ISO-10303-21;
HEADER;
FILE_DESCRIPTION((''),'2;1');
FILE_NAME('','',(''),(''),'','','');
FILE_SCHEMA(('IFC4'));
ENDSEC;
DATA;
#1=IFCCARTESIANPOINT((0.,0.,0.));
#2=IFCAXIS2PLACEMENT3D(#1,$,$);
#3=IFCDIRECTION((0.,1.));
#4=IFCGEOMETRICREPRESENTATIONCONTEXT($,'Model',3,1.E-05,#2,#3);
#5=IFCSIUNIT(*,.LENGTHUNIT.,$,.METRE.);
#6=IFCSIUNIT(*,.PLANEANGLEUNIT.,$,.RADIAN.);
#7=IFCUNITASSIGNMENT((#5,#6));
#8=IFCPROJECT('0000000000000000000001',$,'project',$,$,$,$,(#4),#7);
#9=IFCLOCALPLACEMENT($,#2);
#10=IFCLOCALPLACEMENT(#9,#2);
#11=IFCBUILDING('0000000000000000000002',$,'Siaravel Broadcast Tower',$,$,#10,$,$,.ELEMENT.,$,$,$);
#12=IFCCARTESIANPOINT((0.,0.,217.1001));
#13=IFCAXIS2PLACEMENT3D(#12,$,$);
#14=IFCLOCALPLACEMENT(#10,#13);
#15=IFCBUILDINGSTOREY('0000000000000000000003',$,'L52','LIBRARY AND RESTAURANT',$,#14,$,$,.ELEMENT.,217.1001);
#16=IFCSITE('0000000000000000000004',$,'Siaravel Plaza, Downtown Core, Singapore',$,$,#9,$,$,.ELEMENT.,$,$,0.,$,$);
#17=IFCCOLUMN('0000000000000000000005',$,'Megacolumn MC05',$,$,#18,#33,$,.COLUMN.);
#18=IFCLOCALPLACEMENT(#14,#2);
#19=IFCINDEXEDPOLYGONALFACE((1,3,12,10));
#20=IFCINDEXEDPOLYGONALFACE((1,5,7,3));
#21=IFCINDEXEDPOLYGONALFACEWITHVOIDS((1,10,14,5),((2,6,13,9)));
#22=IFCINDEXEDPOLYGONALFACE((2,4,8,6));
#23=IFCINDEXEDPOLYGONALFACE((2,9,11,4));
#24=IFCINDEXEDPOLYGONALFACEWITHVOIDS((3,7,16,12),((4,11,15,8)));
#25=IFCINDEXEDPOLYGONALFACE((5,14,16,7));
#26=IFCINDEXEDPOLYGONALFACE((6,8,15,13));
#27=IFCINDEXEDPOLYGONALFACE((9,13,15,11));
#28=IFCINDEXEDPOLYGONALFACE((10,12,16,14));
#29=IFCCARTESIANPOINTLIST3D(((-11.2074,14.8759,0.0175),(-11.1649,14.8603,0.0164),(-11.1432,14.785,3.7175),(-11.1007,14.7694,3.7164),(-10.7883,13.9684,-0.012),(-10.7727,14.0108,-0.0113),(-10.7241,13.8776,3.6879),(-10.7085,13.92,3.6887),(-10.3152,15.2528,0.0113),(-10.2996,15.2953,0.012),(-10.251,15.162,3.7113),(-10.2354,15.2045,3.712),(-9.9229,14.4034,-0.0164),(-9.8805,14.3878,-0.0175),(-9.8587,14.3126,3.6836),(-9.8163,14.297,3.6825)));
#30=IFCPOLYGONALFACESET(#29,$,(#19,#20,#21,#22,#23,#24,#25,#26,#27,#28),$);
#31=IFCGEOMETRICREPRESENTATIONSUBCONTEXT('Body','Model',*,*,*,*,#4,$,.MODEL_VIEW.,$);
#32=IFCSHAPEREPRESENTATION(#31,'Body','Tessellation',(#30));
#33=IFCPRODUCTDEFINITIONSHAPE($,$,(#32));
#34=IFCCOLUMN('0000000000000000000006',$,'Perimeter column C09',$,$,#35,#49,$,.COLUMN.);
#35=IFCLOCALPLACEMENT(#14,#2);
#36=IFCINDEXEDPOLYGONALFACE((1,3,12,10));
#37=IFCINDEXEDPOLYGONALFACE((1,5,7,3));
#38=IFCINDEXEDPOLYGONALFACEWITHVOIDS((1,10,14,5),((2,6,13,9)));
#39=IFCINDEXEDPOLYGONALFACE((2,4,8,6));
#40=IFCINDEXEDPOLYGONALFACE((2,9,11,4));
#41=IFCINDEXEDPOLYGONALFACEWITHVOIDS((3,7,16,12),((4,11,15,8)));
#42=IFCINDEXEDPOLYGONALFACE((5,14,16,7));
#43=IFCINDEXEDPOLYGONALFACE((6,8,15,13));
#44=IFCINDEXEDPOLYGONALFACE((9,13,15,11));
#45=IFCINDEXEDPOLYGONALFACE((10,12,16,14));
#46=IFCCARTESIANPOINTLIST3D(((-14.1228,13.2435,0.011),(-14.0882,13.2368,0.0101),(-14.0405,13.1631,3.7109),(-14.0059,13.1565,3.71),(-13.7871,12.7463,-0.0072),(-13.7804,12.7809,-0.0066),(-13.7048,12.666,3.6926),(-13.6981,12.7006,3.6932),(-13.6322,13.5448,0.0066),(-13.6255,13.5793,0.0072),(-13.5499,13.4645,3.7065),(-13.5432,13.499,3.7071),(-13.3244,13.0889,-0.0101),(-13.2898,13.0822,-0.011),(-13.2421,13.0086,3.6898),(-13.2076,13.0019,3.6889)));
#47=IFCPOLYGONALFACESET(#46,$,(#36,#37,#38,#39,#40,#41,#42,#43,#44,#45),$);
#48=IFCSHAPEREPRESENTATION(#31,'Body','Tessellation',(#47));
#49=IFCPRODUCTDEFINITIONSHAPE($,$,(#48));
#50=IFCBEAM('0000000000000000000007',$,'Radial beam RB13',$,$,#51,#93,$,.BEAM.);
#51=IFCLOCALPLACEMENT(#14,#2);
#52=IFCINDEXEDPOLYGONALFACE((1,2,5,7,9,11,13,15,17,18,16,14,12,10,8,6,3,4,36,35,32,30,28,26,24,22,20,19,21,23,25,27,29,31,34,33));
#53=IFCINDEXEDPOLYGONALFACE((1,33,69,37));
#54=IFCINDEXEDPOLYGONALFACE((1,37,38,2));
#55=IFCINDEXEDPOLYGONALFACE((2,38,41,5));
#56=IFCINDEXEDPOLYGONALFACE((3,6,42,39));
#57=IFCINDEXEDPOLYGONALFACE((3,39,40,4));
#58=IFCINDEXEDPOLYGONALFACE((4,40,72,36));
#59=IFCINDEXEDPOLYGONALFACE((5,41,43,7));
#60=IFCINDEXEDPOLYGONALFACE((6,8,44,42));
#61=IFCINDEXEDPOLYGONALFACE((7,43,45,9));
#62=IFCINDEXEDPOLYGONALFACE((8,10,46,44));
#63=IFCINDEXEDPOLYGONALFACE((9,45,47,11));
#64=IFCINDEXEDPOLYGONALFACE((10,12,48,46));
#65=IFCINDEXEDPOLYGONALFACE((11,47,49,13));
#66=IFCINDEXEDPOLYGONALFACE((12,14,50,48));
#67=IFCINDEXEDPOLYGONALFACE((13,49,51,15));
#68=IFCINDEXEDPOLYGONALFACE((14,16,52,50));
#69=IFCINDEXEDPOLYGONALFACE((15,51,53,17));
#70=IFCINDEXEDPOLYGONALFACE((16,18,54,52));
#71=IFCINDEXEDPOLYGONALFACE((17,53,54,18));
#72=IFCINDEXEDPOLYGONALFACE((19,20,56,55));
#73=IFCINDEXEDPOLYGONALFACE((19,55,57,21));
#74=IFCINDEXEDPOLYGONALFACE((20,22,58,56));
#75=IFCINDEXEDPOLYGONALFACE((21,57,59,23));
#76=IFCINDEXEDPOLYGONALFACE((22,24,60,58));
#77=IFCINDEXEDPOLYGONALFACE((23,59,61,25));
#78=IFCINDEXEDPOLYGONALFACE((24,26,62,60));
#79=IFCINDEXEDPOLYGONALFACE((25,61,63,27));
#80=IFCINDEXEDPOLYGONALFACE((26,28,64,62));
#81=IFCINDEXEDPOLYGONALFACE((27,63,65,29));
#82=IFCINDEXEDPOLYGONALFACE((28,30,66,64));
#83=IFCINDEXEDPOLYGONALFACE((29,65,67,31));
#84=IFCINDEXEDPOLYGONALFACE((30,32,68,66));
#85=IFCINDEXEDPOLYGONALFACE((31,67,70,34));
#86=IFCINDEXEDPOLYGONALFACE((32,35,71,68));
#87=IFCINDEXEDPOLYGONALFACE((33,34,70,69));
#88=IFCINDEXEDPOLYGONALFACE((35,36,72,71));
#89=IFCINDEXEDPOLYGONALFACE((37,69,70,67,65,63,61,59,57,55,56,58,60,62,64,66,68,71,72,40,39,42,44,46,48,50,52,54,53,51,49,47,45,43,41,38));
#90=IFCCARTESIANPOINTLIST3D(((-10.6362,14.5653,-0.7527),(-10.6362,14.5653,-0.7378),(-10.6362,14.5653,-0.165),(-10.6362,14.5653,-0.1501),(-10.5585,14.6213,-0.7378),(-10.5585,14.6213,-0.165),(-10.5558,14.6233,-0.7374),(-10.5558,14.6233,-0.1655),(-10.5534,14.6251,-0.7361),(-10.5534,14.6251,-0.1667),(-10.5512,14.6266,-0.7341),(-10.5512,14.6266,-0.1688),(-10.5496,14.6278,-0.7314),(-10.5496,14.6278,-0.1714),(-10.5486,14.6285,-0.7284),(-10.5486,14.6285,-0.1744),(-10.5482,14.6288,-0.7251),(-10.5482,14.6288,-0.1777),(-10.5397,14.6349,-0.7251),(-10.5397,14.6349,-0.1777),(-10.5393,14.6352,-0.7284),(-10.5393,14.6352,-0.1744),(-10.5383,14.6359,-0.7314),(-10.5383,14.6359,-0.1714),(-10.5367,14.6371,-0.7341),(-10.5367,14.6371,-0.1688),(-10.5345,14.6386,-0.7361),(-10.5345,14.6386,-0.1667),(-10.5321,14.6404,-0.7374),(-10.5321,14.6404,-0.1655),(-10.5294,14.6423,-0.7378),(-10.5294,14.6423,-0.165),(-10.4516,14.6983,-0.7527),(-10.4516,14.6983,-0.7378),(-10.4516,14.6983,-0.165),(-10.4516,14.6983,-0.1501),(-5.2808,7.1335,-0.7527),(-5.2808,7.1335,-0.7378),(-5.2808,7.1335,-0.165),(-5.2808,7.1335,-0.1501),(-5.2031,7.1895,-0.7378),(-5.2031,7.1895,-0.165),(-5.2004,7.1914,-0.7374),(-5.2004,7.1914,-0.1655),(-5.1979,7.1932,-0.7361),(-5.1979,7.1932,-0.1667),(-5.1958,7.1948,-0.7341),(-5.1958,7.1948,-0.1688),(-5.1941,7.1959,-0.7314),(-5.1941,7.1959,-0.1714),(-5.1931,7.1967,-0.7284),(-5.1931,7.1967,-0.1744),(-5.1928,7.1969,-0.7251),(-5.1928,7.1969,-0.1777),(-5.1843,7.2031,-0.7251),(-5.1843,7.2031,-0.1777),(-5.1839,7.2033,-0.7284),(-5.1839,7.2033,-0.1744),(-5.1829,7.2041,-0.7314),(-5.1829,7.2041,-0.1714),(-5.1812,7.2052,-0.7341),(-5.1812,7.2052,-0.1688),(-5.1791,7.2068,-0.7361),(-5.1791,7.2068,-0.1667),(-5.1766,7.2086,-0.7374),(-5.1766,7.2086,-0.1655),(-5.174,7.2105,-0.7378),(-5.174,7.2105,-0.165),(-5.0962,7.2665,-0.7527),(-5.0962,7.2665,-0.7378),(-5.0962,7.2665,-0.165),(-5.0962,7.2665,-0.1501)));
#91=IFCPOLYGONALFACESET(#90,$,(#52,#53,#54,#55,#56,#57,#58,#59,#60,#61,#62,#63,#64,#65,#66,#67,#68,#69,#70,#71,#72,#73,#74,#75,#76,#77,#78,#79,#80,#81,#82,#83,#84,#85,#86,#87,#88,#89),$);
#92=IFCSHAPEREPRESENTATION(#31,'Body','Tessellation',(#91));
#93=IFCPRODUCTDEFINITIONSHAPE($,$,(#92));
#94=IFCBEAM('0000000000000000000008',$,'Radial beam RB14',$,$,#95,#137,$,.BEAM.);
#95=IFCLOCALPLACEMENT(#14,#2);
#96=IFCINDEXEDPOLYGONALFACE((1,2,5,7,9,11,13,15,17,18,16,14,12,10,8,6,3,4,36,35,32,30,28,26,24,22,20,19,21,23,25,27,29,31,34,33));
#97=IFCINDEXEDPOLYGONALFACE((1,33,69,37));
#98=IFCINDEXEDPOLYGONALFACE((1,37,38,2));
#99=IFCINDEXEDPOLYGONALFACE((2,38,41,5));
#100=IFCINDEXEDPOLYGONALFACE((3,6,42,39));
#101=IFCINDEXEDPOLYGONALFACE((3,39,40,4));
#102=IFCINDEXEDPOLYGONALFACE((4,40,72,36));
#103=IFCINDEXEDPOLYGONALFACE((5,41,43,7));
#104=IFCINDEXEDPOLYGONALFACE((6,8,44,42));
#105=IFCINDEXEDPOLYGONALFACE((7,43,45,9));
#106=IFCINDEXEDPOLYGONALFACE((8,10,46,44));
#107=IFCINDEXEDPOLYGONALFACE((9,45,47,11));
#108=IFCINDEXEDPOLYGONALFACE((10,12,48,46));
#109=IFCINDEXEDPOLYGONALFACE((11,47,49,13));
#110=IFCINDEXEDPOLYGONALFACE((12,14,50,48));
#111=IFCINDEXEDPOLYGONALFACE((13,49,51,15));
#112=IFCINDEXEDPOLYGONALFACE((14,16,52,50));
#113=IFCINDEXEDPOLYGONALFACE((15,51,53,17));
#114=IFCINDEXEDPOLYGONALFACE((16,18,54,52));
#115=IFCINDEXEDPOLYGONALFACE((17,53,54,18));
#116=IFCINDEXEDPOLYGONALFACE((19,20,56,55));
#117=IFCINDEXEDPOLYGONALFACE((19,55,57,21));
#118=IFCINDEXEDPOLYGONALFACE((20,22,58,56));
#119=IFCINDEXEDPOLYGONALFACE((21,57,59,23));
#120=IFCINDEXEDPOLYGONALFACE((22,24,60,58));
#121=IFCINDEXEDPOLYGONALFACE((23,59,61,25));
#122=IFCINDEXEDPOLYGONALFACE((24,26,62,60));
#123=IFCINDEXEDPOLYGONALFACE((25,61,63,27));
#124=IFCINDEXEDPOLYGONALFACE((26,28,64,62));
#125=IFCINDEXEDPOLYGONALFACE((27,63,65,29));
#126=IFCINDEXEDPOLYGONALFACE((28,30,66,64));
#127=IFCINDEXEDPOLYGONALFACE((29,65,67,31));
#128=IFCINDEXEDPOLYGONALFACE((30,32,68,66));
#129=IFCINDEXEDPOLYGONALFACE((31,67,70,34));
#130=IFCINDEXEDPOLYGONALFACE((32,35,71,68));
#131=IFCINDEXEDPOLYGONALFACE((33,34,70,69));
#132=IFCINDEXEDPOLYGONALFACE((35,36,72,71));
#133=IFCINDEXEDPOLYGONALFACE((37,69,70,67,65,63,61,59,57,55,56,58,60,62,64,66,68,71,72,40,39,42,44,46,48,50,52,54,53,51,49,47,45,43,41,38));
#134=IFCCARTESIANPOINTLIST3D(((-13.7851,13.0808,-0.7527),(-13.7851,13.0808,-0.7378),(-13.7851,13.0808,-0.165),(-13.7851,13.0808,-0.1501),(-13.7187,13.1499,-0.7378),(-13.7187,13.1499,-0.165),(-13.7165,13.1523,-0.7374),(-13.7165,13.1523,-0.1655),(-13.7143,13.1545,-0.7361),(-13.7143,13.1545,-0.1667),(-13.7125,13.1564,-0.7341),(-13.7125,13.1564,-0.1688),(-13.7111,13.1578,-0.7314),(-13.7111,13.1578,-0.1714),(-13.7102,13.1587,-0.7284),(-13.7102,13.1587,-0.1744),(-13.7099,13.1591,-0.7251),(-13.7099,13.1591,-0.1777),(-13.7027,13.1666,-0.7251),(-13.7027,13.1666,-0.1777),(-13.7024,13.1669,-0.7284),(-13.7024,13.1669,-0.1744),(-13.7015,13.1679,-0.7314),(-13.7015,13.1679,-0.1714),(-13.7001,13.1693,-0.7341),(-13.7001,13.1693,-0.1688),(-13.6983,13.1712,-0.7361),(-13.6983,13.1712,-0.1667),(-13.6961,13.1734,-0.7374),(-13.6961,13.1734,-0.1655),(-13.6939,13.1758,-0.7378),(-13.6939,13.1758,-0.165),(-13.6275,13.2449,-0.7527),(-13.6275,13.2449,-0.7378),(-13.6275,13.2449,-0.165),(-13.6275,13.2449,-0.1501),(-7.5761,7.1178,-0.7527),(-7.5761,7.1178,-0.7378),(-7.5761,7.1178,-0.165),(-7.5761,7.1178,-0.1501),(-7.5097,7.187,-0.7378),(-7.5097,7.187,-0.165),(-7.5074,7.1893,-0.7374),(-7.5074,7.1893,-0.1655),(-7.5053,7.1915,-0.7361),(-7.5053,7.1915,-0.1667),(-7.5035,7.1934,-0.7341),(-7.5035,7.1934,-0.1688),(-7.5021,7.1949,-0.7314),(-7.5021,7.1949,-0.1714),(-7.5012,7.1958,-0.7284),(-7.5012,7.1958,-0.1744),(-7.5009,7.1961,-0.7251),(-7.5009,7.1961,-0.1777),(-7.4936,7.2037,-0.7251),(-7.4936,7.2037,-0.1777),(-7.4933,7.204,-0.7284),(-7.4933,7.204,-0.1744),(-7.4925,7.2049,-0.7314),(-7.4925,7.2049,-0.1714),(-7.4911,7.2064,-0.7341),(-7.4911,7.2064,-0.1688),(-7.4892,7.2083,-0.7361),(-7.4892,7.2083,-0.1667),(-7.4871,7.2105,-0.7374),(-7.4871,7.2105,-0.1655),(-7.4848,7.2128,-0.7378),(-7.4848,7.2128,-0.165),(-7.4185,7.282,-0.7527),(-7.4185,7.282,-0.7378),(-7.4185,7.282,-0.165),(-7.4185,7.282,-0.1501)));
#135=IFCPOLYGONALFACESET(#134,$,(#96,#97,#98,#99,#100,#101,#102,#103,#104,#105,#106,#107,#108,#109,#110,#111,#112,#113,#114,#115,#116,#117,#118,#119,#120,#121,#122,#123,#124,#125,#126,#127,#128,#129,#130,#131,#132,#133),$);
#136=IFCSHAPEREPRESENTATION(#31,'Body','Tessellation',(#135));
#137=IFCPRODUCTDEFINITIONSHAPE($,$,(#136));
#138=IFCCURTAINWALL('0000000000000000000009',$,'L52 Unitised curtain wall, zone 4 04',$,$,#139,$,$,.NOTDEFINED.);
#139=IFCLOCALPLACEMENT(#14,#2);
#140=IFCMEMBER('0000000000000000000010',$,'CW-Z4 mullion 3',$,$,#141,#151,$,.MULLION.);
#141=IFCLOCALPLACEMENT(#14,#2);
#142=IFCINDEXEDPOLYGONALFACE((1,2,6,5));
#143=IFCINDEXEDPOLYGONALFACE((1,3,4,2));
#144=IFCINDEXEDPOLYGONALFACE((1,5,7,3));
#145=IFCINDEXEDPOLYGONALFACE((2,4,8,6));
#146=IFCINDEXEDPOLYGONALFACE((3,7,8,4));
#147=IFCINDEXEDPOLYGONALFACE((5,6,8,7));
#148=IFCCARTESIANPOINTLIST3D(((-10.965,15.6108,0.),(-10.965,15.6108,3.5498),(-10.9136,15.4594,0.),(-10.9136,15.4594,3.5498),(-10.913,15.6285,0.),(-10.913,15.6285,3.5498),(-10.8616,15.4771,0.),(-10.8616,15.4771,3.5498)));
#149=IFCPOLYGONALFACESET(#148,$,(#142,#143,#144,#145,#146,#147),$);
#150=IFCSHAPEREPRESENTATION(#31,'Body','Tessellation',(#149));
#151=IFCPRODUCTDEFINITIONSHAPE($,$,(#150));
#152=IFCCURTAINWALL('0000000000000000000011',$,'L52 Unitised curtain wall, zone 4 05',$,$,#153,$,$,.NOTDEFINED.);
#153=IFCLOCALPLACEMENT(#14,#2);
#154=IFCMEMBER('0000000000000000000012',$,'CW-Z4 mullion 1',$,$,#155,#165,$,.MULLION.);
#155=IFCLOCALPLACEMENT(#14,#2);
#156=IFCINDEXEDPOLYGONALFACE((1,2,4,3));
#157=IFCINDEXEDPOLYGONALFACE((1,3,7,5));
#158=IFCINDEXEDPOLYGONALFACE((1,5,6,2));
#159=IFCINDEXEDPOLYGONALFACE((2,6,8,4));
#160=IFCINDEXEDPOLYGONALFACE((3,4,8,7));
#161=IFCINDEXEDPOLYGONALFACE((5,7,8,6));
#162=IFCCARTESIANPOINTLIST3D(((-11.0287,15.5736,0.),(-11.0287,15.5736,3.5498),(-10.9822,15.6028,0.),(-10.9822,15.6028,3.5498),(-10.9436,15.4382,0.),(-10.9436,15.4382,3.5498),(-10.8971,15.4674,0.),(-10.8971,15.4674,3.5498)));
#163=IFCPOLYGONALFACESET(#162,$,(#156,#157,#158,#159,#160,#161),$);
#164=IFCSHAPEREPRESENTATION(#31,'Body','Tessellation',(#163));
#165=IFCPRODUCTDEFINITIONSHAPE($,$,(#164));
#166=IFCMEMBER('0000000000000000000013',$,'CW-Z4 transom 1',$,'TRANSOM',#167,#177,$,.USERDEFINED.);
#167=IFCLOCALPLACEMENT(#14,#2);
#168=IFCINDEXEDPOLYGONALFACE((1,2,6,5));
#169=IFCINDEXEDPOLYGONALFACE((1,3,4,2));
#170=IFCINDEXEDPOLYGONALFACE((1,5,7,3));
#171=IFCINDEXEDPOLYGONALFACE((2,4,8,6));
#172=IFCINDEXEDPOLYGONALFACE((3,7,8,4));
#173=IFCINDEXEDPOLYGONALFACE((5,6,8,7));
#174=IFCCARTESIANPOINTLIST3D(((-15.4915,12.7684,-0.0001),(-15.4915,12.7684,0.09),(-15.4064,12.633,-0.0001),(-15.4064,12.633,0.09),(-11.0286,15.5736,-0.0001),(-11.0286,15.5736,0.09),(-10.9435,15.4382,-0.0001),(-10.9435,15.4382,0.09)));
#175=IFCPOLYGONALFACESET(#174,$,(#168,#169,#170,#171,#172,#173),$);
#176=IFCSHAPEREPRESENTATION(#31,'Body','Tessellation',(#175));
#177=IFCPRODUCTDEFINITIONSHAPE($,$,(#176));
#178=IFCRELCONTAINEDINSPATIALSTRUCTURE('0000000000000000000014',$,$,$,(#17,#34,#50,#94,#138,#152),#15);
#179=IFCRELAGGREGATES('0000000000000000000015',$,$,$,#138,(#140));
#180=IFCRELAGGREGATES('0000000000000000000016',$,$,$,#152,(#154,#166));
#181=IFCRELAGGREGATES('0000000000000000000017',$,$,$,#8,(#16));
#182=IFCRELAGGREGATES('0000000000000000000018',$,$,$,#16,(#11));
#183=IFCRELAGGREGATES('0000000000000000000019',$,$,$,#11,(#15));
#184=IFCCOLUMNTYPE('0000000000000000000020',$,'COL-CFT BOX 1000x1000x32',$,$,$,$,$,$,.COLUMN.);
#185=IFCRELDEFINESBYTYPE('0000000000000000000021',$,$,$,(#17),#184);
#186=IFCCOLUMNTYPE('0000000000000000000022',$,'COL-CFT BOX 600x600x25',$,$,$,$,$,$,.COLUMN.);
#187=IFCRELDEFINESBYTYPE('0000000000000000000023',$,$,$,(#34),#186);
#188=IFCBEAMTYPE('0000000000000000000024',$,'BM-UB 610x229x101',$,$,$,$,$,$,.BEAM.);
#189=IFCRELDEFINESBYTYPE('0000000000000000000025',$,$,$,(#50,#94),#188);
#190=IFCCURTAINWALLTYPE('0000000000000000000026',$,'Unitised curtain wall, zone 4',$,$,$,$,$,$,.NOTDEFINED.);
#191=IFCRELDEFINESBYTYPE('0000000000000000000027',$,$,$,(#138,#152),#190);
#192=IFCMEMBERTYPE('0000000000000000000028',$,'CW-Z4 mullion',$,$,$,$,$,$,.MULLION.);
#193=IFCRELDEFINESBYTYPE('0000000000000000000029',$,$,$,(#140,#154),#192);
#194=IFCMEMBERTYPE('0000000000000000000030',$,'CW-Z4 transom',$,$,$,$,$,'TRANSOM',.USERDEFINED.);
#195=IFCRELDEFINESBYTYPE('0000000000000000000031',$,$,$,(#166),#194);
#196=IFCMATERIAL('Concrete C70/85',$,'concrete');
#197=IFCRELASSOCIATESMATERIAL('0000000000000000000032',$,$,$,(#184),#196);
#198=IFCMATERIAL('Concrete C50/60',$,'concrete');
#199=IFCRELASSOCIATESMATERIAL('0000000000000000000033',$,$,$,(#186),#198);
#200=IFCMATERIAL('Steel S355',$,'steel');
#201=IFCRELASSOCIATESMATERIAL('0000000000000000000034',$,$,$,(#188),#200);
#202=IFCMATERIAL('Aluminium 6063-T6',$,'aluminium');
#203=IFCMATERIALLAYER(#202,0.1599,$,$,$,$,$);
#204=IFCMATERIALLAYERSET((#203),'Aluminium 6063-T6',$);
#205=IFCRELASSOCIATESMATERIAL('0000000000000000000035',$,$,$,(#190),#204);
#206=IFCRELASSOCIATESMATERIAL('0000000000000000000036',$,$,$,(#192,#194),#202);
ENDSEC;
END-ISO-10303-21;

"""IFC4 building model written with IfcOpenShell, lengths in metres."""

from ifc_helpers import new_model, si_unit, direction, frame, origin, origin_2d, place, context, subcontext, project, spatial, rectangle, hollow_rectangle, i_section, extrude, material, layer, layer_set, material_profile, profile_set, type_object, element, aggregate, save


model = new_model("IFC4")

# Units and contexts
model_context = context("Model", 3, precision=1e-05, world=origin(), true_north=direction((0.0, 1.0)))
body_context = subcontext(model_context, "Body", "Model", "MODEL_VIEW")
ifc_project = project(units=[si_unit("LENGTHUNIT", "METRE"), si_unit("PLANEANGLEUNIT", "RADIAN")], contexts=[model_context])

# Site, building, storey
site_placement = place(None, origin())
site = spatial("IfcSite", under=ifc_project, at=site_placement, Name="Siaravel Plaza, Downtown Core, Singapore", CompositionType="ELEMENT", RefElevation=0.0)
building_placement = place(site_placement, origin())
building = spatial("IfcBuilding", under=site, at=building_placement, Name="Siaravel Broadcast Tower", CompositionType="ELEMENT")
storey_placement = place(building_placement, frame((0.0, 0.0, 217.1001)))
storey = spatial("IfcBuildingStorey", under=building, at=storey_placement, Name="L52", Description="LIBRARY AND RESTAURANT", CompositionType="ELEMENT", Elevation=217.1001)

# Columns
ifc_material_1 = material(Name="Concrete C70/85", Category="concrete")
ifc_material_profile_1 = material_profile(ifc_material_1, hollow_rectangle(XDim=1.0, YDim=1.0, WallThickness=0.032, at=origin_2d()))
ifc_profile_set_1 = profile_set([ifc_material_profile_1], Name="Concrete C70/85")
column_type_1 = type_object("IfcColumnType", Name="COL-CFT BOX 1000x1000x32", PredefinedType="COLUMN", material=ifc_profile_set_1)
column_1_placement = place(storey_placement, frame((-10.5439, 14.6318, 0.0), z_axis=(0.017346, -0.024535, 0.999548), x_axis=(0.907782, 0.419407, -0.005459)))
element("IfcColumn", 1, at=column_1_placement, inside=storey, type_object=column_type_1, Name="Megacolumn MC05", PredefinedType="COLUMN", context=body_context, shape_type="SweptSolid", body=[
    extrude(hollow_rectangle(XDim=1.0, YDim=1.0, WallThickness=0.032, at=origin_2d()), origin(), (0.0, 0.0, 1.0), 3.7017),
])
ifc_material_2 = material(Name="Concrete C50/60", Category="concrete")
ifc_material_profile_2 = material_profile(ifc_material_2, hollow_rectangle(XDim=0.6001, YDim=0.6001, WallThickness=0.0249, at=origin_2d()))
ifc_profile_set_2 = profile_set([ifc_material_profile_2], Name="Concrete C50/60")
column_type_2 = type_object("IfcColumnType", Name="COL-CFT BOX 600x600x25", PredefinedType="COLUMN", material=ifc_profile_set_2)
column_2_placement = place(storey_placement, frame((-13.7063, 13.1628, 0.0), z_axis=(0.022226, -0.021699, 0.999517), x_axis=(0.828663, 0.559712, -0.006276)))
element("IfcColumn", 2, at=column_2_placement, inside=storey, type_object=column_type_2, Name="Perimeter column C09", PredefinedType="COLUMN", context=body_context, shape_type="SweptSolid", body=[
    extrude(hollow_rectangle(XDim=0.6001, YDim=0.6001, WallThickness=0.0249, at=origin_2d()), origin(), (0.0, 0.0, 1.0), 3.7017),
])

# Beams
ifc_material_3 = material(Name="Steel S355", Category="steel")
ifc_material_profile_3 = material_profile(ifc_material_3, i_section(OverallWidth=0.2275, OverallDepth=0.6025, WebThickness=0.0105, FlangeThickness=0.0149, FilletRadius=0.0127, at=origin_2d()))
ifc_profile_set_3 = profile_set([ifc_material_profile_3], Name="Steel S355")
beam_type = type_object("IfcBeamType", Name="BM-UB 610x229x101", PredefinedType="BEAM", material=ifc_profile_set_3)
beam_1_placement = place(storey_placement, frame((-10.5439, 14.6318, -0.4514), z_axis=(0.584629, -0.811301, 0.0), x_axis=(0.811301, 0.584629, 0.0)))
element("IfcBeam", 3, at=beam_1_placement, inside=storey, type_object=beam_type, Name="Radial beam RB13", PredefinedType="BEAM", context=body_context, shape_type="SweptSolid", body=[
    extrude(i_section(OverallWidth=0.2275, OverallDepth=0.6025, WebThickness=0.0105, FlangeThickness=0.0149, FilletRadius=0.0127, at=origin_2d()), origin(), (0.0, 0.0, 1.0), 9.1604),
])
beam_2_placement = place(storey_placement, frame((-13.7063, 13.1628, -0.4514), z_axis=(0.721256, -0.692669, 0.0), x_axis=(0.692669, 0.721256, 0.0)))
element("IfcBeam", 4, at=beam_2_placement, inside=storey, type_object=beam_type, Name="Radial beam RB14", PredefinedType="BEAM", context=body_context, shape_type="SweptSolid", body=[
    extrude(i_section(OverallWidth=0.2275, OverallDepth=0.6025, WebThickness=0.0105, FlangeThickness=0.0149, FilletRadius=0.0127, at=origin_2d()), origin(), (0.0, 0.0, 1.0), 8.6086),
])

# Curtain wall, member
ifc_material_4 = material(Name="Aluminium 6063-T6", Category="aluminium")
ifc_layer_1 = layer(ifc_material_4, 0.1599)
ifc_layer_set_1 = layer_set([ifc_layer_1], Name="Aluminium 6063-T6")
curtain_wall_type = type_object("IfcCurtainWallType", Name="Unitised curtain wall, zone 4", PredefinedType="NOTDEFINED", material=ifc_layer_set_1)
curtain_wall_1_placement = place(storey_placement, origin())
curtain_wall_1 = element("IfcCurtainWall", 5, at=curtain_wall_1_placement, inside=storey, type_object=curtain_wall_type, Name="L52 Unitised curtain wall, zone 4 04", PredefinedType="NOTDEFINED")
ifc_material_profile_4 = material_profile(ifc_material_4, rectangle(XDim=0.1599, YDim=0.0549, at=origin_2d()))
ifc_profile_set_4 = profile_set([ifc_material_profile_4], Name="Aluminium 6063-T6")
member_type_1 = type_object("IfcMemberType", Name="CW-Z4 mullion", PredefinedType="MULLION", material=ifc_profile_set_4)
member_1_placement = place(storey_placement, frame((-10.9133, 15.5439, 0.0), z_axis=(0.0, 0.0, 1.0), x_axis=(0.321301, -0.946977, 0.0)))
member_1 = element("IfcMember", 6, at=member_1_placement, type_object=member_type_1, Name="CW-Z4 mullion 3", PredefinedType="MULLION", context=body_context, shape_type="SweptSolid", body=[
    extrude(rectangle(XDim=0.1599, YDim=0.0549, at=origin_2d()), origin(), (0.0, 0.0, 1.0), 3.5498),
])
aggregate(curtain_wall_1, [member_1])

# Curtain wall, members
curtain_wall_2_placement = place(storey_placement, origin())
curtain_wall_2 = element("IfcCurtainWall", 7, at=curtain_wall_2_placement, inside=storey, type_object=curtain_wall_type, Name="L52 Unitised curtain wall, zone 4 05", PredefinedType="NOTDEFINED")
member_2_placement = place(storey_placement, frame((-10.9629, 15.5205, 0.0), z_axis=(0.0, 0.0, 1.0), x_axis=(0.53215, -0.84665, 0.0)))
member_2 = element("IfcMember", 8, at=member_2_placement, type_object=member_type_1, Name="CW-Z4 mullion 1", PredefinedType="MULLION", context=body_context, shape_type="SweptSolid", body=[
    extrude(rectangle(XDim=0.1599, YDim=0.0549, at=origin_2d()), origin(), (0.0, 0.0, 1.0), 3.5498),
])
ifc_material_profile_5 = material_profile(ifc_material_4, rectangle(XDim=0.1599, YDim=0.0901, at=origin_2d()))
ifc_profile_set_5 = profile_set([ifc_material_profile_5], Name="Aluminium 6063-T6")
member_type_2 = type_object("IfcMemberType", Name="CW-Z4 transom", ElementType="TRANSOM", PredefinedType="USERDEFINED", material=ifc_profile_set_5)
member_3_placement = place(storey_placement, frame((-10.9861, 15.5059, 0.0449), z_axis=(-0.846643, -0.532162, 0.0), x_axis=(0.532162, -0.846643, 0.0)))
member_3 = element("IfcMember", 9, at=member_3_placement, type_object=member_type_2, Name="CW-Z4 transom 1", ObjectType="TRANSOM", PredefinedType="USERDEFINED", context=body_context, shape_type="SweptSolid", body=[
    extrude(rectangle(XDim=0.1599, YDim=0.0901, at=origin_2d()), origin(), (0.0, 0.0, 1.0), 5.2712),
])
aggregate(curtain_wall_2, [member_2, member_3])

save(model, "model.ifc")
